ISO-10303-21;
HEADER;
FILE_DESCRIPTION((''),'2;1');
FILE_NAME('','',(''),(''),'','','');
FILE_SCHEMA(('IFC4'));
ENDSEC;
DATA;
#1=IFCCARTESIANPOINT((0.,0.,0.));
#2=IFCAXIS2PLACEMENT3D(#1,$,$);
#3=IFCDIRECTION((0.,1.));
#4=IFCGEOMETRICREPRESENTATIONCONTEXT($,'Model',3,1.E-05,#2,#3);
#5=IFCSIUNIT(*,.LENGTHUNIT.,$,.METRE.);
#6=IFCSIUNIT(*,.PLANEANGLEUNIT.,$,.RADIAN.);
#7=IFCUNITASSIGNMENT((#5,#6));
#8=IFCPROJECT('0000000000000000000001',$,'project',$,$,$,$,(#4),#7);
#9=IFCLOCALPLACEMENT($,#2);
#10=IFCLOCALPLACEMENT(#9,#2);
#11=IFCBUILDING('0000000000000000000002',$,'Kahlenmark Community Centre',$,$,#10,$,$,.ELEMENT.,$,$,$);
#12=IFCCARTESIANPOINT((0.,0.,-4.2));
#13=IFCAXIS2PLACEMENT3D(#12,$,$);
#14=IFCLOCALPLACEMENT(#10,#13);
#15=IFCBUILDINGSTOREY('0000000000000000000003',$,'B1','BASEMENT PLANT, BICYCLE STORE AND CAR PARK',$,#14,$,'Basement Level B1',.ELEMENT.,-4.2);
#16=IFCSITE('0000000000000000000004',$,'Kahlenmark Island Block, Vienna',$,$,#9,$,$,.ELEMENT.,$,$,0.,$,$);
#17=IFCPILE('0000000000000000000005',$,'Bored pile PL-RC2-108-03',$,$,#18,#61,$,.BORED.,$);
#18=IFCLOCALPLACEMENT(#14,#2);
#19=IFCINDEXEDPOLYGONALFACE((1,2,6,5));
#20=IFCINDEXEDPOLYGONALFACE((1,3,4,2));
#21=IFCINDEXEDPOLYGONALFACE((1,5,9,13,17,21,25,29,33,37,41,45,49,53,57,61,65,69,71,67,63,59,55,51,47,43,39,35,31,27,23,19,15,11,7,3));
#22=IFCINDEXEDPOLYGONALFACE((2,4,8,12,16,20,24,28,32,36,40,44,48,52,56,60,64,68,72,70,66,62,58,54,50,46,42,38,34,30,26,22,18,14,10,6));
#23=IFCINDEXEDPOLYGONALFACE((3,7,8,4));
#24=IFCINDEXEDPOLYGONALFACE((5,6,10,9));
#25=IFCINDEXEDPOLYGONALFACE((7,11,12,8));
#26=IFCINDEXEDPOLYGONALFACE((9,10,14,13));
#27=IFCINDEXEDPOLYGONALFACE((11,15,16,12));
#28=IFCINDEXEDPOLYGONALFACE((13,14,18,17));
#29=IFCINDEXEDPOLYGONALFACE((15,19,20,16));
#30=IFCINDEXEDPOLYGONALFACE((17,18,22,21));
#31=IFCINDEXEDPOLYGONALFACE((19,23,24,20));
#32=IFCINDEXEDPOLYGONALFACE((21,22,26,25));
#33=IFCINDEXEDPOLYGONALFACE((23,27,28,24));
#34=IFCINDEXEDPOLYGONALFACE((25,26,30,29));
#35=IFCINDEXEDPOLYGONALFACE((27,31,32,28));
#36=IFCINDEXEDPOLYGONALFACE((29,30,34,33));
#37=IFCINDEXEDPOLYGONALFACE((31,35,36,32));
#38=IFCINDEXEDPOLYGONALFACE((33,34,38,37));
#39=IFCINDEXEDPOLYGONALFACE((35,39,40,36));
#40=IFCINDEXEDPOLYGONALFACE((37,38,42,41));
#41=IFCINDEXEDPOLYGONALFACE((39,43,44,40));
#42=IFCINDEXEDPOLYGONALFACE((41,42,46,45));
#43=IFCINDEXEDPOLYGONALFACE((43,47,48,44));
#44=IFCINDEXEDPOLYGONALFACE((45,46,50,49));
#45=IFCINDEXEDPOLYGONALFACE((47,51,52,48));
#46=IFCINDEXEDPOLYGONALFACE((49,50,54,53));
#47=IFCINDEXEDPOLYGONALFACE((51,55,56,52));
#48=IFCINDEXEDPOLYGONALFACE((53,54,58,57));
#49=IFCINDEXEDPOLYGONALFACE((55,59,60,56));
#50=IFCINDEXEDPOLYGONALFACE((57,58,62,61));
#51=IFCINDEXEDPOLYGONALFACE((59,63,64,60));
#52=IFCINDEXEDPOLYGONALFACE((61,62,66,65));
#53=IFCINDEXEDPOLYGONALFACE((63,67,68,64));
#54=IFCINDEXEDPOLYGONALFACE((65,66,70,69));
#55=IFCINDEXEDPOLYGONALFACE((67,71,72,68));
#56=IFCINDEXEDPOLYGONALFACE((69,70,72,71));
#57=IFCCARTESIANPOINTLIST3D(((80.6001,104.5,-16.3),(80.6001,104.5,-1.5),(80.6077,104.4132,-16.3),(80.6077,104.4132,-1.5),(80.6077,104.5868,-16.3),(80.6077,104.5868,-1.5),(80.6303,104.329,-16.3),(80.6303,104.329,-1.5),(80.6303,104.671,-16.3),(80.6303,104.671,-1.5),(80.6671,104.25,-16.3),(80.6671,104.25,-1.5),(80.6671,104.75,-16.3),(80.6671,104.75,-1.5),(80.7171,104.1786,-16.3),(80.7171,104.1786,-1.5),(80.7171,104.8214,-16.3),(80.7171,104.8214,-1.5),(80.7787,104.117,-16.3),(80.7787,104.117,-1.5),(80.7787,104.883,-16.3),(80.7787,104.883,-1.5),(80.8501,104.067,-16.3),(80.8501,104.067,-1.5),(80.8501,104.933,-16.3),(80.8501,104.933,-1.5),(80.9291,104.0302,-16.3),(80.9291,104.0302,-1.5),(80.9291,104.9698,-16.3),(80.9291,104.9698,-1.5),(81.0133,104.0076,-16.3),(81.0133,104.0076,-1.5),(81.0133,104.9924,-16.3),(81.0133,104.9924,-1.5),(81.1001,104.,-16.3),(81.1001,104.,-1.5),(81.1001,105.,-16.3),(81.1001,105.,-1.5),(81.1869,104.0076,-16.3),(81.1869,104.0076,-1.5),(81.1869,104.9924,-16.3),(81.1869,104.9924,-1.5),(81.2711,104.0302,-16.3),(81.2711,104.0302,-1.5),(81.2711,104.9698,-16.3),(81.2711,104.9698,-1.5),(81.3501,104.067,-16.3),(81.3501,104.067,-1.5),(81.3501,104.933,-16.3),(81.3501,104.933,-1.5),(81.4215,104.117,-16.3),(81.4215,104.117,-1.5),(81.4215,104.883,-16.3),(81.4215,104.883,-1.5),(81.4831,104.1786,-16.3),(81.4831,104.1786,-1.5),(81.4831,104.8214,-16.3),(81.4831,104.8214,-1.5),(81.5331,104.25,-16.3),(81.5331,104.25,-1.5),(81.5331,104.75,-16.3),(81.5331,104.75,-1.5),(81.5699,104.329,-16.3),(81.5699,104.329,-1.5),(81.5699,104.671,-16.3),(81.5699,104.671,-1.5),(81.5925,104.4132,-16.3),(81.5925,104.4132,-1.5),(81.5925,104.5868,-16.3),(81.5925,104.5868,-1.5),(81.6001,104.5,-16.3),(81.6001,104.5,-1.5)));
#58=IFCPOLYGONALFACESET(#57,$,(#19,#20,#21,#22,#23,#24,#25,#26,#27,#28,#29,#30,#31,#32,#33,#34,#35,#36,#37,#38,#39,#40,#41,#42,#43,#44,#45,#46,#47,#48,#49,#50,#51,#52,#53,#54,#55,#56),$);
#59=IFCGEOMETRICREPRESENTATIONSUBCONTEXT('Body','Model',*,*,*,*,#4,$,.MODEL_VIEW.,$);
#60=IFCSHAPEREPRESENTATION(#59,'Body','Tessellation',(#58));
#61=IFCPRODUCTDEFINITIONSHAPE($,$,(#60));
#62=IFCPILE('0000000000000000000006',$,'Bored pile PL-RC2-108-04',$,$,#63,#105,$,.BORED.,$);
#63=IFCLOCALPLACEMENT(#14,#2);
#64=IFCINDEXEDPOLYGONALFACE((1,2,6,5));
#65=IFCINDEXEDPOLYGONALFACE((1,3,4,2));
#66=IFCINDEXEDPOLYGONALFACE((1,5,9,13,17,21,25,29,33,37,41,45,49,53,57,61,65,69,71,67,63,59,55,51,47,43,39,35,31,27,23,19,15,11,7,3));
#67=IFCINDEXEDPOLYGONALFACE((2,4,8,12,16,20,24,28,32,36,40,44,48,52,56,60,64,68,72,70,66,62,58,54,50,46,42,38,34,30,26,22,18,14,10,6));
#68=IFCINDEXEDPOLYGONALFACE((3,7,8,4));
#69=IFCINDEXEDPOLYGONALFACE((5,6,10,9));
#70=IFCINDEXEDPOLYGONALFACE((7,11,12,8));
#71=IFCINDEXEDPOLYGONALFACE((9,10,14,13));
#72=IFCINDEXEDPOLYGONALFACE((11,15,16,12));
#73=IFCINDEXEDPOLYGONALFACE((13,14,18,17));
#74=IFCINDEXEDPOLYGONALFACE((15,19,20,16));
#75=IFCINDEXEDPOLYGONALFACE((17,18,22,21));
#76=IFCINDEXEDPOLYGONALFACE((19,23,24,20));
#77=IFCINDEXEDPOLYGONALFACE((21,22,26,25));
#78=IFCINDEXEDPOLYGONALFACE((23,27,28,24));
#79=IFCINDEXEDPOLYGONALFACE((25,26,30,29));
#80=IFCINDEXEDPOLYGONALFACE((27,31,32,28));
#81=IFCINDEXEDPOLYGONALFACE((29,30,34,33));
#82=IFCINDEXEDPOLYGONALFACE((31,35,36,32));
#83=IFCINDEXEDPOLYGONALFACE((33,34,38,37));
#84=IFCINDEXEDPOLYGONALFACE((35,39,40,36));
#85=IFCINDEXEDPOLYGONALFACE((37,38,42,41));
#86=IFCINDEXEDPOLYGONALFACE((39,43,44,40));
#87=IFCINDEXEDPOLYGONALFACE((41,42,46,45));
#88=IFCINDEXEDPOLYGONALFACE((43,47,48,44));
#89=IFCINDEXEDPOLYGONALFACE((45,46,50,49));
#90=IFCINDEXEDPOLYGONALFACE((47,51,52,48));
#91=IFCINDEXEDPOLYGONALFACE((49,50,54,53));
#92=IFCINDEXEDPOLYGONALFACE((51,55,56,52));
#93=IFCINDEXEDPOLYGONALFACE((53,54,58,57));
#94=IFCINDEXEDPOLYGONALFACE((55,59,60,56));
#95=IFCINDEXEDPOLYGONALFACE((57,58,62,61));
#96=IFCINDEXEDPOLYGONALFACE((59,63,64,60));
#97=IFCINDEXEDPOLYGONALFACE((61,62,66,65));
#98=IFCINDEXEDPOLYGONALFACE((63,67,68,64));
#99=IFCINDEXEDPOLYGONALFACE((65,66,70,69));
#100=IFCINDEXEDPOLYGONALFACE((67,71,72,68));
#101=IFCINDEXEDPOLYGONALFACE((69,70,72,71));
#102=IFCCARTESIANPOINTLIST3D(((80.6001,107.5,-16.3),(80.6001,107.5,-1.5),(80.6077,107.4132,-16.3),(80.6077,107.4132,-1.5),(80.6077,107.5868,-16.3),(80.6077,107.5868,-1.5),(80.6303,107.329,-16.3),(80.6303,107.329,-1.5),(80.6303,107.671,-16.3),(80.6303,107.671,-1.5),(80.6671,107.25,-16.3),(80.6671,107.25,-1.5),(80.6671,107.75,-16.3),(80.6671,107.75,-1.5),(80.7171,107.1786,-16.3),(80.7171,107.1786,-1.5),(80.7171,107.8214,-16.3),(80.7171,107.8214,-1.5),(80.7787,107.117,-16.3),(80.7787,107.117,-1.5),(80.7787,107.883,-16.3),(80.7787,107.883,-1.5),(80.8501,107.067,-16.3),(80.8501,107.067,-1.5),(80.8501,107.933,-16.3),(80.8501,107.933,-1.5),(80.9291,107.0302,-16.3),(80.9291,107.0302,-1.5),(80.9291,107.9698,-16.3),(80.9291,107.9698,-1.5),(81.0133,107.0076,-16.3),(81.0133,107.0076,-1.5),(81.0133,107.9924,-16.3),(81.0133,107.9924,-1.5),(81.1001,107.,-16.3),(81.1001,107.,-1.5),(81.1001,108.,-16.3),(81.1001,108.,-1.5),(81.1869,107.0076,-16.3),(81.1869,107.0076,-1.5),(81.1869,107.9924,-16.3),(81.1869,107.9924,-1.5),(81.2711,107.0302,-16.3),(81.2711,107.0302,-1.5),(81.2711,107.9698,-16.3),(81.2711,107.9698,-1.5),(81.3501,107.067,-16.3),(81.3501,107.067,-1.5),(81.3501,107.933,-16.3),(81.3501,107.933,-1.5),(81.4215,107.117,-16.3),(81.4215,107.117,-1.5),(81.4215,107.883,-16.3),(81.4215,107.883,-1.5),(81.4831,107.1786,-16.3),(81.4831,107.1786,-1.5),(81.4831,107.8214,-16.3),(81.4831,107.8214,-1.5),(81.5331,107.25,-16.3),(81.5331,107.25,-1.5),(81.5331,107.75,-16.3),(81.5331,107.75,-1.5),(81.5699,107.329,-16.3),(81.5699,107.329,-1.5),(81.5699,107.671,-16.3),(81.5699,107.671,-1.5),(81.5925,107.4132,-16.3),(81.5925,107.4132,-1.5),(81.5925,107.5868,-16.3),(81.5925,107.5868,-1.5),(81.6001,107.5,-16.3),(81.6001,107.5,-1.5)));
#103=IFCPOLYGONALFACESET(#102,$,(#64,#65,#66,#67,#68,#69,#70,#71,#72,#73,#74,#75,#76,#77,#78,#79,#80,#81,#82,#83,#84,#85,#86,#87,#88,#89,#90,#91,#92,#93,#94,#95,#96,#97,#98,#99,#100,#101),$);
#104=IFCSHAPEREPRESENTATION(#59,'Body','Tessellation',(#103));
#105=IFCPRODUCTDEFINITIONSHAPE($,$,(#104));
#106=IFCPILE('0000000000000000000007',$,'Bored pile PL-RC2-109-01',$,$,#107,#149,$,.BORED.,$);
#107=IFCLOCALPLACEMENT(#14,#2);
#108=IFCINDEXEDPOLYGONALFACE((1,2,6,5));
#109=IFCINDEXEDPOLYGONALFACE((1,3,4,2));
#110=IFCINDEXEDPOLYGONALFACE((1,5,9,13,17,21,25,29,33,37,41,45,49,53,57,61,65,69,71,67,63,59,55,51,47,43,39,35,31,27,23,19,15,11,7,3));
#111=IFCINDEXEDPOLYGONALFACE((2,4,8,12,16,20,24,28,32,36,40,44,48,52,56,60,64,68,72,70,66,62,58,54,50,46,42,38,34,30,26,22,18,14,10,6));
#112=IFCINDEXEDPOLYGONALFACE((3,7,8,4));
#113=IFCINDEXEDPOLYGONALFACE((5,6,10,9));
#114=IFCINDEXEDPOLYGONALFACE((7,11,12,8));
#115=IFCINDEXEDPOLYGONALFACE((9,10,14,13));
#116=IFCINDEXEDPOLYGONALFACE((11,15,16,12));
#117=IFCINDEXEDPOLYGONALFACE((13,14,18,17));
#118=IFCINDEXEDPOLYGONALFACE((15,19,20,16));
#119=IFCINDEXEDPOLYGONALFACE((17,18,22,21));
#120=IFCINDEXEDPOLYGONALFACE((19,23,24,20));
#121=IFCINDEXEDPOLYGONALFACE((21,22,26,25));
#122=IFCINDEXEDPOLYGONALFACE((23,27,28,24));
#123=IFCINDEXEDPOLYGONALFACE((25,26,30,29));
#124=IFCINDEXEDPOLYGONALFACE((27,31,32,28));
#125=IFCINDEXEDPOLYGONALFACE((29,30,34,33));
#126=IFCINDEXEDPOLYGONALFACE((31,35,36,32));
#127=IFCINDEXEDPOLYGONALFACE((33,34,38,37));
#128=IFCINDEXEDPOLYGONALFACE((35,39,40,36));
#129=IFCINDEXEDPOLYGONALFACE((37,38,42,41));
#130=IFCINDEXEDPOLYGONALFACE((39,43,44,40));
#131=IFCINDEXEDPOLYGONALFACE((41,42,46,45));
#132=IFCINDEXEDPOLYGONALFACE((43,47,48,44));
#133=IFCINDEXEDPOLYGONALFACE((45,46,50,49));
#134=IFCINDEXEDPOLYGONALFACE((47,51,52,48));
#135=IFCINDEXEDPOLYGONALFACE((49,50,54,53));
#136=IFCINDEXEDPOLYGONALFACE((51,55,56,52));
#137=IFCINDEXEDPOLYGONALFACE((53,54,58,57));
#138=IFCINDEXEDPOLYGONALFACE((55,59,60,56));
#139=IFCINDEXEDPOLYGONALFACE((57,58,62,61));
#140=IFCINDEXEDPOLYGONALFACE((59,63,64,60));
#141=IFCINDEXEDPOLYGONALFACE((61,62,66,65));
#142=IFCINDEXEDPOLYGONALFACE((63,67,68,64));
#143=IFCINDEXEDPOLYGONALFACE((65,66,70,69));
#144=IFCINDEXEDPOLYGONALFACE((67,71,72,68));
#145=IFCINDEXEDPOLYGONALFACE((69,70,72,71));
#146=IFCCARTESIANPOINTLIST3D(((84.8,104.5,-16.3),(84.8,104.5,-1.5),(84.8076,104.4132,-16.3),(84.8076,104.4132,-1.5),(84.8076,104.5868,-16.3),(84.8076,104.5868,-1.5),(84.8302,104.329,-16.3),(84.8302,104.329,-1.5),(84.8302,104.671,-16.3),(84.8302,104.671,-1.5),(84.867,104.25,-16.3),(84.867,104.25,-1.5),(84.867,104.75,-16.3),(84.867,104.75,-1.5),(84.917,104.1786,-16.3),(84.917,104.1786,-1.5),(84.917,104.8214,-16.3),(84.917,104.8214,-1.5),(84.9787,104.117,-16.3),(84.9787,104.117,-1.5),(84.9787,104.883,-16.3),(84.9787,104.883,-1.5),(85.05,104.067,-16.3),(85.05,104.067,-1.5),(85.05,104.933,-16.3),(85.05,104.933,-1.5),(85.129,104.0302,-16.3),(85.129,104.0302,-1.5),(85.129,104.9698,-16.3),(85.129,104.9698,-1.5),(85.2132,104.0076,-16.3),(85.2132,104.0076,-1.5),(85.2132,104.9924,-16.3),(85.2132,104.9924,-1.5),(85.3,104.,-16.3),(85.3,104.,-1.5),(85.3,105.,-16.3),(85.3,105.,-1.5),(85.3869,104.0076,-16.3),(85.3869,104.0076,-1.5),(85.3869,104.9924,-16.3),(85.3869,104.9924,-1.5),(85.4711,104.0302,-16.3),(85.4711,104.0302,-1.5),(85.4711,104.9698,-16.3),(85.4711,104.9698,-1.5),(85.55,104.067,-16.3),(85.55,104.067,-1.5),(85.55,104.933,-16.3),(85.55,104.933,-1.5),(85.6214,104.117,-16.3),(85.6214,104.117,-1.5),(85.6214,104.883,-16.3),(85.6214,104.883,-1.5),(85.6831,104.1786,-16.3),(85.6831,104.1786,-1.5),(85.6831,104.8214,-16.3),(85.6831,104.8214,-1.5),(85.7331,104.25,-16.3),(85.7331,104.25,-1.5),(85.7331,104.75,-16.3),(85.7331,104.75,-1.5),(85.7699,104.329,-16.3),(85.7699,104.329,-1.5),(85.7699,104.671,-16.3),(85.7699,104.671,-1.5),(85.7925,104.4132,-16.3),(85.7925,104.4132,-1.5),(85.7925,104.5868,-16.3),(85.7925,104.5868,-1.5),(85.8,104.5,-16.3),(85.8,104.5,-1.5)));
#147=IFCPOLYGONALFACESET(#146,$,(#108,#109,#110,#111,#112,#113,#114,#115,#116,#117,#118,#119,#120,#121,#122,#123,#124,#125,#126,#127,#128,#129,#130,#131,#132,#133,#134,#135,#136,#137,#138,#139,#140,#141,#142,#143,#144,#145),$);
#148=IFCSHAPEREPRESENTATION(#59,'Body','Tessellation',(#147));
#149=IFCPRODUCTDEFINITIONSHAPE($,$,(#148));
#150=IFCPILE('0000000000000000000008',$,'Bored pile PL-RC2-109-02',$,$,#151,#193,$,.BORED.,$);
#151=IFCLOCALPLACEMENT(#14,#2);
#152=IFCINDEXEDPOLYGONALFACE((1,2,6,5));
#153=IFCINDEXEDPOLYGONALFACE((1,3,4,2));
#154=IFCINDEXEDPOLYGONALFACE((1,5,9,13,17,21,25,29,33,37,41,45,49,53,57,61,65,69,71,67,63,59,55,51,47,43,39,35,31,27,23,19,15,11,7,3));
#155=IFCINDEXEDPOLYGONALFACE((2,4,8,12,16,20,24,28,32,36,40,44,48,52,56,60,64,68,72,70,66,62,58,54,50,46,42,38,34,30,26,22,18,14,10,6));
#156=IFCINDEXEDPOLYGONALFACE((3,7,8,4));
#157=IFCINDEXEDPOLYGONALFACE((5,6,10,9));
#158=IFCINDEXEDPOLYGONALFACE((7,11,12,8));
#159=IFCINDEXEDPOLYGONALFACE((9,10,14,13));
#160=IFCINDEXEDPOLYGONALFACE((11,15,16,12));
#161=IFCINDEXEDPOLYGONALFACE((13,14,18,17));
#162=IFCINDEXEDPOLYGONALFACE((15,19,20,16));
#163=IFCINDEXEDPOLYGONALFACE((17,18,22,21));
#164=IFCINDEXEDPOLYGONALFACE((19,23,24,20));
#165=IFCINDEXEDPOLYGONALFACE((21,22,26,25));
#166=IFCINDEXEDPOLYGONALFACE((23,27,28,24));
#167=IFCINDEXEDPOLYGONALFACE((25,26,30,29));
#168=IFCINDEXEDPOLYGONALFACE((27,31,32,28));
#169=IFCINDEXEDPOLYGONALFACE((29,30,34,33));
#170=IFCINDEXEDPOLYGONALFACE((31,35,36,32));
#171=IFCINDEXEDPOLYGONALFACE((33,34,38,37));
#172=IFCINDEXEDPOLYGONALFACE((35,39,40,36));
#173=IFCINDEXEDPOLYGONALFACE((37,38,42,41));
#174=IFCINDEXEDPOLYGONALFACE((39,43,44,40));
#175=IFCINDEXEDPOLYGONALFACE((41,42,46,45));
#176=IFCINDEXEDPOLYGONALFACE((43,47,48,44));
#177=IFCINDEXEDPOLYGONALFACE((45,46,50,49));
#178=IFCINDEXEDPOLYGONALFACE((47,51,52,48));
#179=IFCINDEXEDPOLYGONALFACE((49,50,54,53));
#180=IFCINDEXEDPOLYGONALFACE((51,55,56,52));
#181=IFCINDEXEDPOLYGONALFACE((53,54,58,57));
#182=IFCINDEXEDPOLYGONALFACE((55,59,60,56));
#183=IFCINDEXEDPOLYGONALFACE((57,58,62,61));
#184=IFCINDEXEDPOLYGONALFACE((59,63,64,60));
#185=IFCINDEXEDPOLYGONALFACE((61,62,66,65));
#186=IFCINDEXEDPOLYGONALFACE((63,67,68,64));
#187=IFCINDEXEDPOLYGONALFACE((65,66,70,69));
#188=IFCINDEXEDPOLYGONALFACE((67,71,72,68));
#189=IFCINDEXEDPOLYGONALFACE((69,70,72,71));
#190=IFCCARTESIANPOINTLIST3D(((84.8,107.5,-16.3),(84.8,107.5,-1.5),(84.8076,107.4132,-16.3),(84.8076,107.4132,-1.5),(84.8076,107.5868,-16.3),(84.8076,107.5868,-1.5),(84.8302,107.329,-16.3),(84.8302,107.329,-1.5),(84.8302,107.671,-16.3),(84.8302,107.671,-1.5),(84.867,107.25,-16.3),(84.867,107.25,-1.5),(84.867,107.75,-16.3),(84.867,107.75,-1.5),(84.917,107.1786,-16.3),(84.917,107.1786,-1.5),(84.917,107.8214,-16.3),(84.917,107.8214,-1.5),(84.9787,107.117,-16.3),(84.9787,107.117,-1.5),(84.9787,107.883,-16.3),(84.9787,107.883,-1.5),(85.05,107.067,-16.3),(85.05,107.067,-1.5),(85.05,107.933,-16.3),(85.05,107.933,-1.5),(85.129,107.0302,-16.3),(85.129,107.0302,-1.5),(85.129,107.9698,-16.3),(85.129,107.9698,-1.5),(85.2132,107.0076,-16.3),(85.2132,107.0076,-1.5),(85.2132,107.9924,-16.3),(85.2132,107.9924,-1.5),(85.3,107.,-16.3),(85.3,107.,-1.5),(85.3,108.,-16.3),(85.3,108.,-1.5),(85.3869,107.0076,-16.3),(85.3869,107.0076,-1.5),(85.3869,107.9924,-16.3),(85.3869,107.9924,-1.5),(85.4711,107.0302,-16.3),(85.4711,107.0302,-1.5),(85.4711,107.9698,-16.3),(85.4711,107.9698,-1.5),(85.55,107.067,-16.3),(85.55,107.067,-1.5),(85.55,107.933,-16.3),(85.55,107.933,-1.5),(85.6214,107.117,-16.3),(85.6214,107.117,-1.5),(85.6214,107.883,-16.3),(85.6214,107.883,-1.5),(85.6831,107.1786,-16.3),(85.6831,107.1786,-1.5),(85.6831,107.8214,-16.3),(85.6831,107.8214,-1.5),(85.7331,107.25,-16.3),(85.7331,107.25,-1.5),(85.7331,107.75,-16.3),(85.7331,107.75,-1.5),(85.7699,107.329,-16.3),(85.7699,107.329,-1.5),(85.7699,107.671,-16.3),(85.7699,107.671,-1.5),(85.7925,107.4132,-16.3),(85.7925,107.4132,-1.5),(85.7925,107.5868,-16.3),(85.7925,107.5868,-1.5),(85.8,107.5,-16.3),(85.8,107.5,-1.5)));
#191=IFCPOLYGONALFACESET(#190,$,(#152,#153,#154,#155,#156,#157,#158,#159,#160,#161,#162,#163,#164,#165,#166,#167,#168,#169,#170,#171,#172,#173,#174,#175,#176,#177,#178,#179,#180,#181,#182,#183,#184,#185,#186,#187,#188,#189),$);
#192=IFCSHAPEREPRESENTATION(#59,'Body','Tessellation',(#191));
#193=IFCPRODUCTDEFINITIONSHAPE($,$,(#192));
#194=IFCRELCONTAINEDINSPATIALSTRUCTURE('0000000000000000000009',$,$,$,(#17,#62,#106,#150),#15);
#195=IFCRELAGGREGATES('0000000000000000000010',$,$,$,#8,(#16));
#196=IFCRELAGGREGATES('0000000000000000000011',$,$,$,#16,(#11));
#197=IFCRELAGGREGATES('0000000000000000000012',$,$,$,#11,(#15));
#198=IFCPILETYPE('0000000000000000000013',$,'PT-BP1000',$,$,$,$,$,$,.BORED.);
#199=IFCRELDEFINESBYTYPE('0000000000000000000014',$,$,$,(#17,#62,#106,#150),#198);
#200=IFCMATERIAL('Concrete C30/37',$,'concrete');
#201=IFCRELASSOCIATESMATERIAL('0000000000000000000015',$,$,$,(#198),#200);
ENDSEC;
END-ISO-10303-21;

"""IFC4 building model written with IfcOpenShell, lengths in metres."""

from ifc_helpers import new_model, si_unit, direction, frame, origin, origin_2d, place, context, subcontext, project, spatial, circle, extrude, material, material_profile, profile_set, type_object, element, save


model = new_model("IFC4")

# Units and contexts
model_context = context("Model", 3, precision=1e-05, world=origin(), true_north=direction((0.0, 1.0)))
body_context = subcontext(model_context, "Body", "Model", "MODEL_VIEW")
ifc_project = project(units=[si_unit("LENGTHUNIT", "METRE"), si_unit("PLANEANGLEUNIT", "RADIAN")], contexts=[model_context])

# Site, building, storey
site_placement = place(None, origin())
site = spatial("IfcSite", under=ifc_project, at=site_placement, Name="Kahlenmark Island Block, Vienna", CompositionType="ELEMENT", RefElevation=0.0)
building_placement = place(site_placement, origin())
building = spatial("IfcBuilding", under=site, at=building_placement, Name="Kahlenmark Community Centre", CompositionType="ELEMENT")
storey_placement = place(building_placement, frame((0.0, 0.0, -4.2)))
storey = spatial("IfcBuildingStorey", under=building, at=storey_placement, Name="B1", Description="BASEMENT PLANT, BICYCLE STORE AND CAR PARK", LongName="Basement Level B1", CompositionType="ELEMENT", Elevation=-4.2)

# Shared definitions
ifc_material_1 = material(Name="Concrete C30/37", Category="concrete")

# Piles
ifc_material_profile_1 = material_profile(ifc_material_1, circle(Radius=0.5, at=origin_2d()), Name="BORED PILE 1000")
ifc_profile_set_1 = profile_set([ifc_material_profile_1], Name="Concrete C30/37")
pile_type_1 = type_object("IfcPileType", Name="PT-BP1000", PredefinedType="BORED", material=ifc_profile_set_1)
for number, where, z_axis, x_axis, name in (
    (1, (81.1001, 104.5, -1.5), (0.0, 0.0, -1.0), (1.0, 0.0, 0.0), "Bored pile PL-RC2-108-03"),
    (2, (81.1001, 107.5, -1.5), (0.0, 0.0, -1.0), (1.0, 0.0, 0.0), "Bored pile PL-RC2-108-04"),
    (3, (85.3, 104.5, -1.5), (0.0, 0.0, -1.0), (1.0, 0.0, 0.0), "Bored pile PL-RC2-109-01"),
    (4, (85.3, 107.5, -1.5), (0.0, 0.0, -1.0), (1.0, 0.0, 0.0), "Bored pile PL-RC2-109-02"),
):
    element("IfcPile", number, at=place(storey_placement, frame(where, z_axis=z_axis, x_axis=x_axis)), inside=storey, type_object=pile_type_1, Name=name, PredefinedType="BORED", context=body_context, shape_type="SweptSolid", body=[
        extrude(circle(Radius=0.5, at=origin_2d()), origin(), (0.0, 0.0, 1.0), 14.8),
    ])

save(model, "model.ifc")
